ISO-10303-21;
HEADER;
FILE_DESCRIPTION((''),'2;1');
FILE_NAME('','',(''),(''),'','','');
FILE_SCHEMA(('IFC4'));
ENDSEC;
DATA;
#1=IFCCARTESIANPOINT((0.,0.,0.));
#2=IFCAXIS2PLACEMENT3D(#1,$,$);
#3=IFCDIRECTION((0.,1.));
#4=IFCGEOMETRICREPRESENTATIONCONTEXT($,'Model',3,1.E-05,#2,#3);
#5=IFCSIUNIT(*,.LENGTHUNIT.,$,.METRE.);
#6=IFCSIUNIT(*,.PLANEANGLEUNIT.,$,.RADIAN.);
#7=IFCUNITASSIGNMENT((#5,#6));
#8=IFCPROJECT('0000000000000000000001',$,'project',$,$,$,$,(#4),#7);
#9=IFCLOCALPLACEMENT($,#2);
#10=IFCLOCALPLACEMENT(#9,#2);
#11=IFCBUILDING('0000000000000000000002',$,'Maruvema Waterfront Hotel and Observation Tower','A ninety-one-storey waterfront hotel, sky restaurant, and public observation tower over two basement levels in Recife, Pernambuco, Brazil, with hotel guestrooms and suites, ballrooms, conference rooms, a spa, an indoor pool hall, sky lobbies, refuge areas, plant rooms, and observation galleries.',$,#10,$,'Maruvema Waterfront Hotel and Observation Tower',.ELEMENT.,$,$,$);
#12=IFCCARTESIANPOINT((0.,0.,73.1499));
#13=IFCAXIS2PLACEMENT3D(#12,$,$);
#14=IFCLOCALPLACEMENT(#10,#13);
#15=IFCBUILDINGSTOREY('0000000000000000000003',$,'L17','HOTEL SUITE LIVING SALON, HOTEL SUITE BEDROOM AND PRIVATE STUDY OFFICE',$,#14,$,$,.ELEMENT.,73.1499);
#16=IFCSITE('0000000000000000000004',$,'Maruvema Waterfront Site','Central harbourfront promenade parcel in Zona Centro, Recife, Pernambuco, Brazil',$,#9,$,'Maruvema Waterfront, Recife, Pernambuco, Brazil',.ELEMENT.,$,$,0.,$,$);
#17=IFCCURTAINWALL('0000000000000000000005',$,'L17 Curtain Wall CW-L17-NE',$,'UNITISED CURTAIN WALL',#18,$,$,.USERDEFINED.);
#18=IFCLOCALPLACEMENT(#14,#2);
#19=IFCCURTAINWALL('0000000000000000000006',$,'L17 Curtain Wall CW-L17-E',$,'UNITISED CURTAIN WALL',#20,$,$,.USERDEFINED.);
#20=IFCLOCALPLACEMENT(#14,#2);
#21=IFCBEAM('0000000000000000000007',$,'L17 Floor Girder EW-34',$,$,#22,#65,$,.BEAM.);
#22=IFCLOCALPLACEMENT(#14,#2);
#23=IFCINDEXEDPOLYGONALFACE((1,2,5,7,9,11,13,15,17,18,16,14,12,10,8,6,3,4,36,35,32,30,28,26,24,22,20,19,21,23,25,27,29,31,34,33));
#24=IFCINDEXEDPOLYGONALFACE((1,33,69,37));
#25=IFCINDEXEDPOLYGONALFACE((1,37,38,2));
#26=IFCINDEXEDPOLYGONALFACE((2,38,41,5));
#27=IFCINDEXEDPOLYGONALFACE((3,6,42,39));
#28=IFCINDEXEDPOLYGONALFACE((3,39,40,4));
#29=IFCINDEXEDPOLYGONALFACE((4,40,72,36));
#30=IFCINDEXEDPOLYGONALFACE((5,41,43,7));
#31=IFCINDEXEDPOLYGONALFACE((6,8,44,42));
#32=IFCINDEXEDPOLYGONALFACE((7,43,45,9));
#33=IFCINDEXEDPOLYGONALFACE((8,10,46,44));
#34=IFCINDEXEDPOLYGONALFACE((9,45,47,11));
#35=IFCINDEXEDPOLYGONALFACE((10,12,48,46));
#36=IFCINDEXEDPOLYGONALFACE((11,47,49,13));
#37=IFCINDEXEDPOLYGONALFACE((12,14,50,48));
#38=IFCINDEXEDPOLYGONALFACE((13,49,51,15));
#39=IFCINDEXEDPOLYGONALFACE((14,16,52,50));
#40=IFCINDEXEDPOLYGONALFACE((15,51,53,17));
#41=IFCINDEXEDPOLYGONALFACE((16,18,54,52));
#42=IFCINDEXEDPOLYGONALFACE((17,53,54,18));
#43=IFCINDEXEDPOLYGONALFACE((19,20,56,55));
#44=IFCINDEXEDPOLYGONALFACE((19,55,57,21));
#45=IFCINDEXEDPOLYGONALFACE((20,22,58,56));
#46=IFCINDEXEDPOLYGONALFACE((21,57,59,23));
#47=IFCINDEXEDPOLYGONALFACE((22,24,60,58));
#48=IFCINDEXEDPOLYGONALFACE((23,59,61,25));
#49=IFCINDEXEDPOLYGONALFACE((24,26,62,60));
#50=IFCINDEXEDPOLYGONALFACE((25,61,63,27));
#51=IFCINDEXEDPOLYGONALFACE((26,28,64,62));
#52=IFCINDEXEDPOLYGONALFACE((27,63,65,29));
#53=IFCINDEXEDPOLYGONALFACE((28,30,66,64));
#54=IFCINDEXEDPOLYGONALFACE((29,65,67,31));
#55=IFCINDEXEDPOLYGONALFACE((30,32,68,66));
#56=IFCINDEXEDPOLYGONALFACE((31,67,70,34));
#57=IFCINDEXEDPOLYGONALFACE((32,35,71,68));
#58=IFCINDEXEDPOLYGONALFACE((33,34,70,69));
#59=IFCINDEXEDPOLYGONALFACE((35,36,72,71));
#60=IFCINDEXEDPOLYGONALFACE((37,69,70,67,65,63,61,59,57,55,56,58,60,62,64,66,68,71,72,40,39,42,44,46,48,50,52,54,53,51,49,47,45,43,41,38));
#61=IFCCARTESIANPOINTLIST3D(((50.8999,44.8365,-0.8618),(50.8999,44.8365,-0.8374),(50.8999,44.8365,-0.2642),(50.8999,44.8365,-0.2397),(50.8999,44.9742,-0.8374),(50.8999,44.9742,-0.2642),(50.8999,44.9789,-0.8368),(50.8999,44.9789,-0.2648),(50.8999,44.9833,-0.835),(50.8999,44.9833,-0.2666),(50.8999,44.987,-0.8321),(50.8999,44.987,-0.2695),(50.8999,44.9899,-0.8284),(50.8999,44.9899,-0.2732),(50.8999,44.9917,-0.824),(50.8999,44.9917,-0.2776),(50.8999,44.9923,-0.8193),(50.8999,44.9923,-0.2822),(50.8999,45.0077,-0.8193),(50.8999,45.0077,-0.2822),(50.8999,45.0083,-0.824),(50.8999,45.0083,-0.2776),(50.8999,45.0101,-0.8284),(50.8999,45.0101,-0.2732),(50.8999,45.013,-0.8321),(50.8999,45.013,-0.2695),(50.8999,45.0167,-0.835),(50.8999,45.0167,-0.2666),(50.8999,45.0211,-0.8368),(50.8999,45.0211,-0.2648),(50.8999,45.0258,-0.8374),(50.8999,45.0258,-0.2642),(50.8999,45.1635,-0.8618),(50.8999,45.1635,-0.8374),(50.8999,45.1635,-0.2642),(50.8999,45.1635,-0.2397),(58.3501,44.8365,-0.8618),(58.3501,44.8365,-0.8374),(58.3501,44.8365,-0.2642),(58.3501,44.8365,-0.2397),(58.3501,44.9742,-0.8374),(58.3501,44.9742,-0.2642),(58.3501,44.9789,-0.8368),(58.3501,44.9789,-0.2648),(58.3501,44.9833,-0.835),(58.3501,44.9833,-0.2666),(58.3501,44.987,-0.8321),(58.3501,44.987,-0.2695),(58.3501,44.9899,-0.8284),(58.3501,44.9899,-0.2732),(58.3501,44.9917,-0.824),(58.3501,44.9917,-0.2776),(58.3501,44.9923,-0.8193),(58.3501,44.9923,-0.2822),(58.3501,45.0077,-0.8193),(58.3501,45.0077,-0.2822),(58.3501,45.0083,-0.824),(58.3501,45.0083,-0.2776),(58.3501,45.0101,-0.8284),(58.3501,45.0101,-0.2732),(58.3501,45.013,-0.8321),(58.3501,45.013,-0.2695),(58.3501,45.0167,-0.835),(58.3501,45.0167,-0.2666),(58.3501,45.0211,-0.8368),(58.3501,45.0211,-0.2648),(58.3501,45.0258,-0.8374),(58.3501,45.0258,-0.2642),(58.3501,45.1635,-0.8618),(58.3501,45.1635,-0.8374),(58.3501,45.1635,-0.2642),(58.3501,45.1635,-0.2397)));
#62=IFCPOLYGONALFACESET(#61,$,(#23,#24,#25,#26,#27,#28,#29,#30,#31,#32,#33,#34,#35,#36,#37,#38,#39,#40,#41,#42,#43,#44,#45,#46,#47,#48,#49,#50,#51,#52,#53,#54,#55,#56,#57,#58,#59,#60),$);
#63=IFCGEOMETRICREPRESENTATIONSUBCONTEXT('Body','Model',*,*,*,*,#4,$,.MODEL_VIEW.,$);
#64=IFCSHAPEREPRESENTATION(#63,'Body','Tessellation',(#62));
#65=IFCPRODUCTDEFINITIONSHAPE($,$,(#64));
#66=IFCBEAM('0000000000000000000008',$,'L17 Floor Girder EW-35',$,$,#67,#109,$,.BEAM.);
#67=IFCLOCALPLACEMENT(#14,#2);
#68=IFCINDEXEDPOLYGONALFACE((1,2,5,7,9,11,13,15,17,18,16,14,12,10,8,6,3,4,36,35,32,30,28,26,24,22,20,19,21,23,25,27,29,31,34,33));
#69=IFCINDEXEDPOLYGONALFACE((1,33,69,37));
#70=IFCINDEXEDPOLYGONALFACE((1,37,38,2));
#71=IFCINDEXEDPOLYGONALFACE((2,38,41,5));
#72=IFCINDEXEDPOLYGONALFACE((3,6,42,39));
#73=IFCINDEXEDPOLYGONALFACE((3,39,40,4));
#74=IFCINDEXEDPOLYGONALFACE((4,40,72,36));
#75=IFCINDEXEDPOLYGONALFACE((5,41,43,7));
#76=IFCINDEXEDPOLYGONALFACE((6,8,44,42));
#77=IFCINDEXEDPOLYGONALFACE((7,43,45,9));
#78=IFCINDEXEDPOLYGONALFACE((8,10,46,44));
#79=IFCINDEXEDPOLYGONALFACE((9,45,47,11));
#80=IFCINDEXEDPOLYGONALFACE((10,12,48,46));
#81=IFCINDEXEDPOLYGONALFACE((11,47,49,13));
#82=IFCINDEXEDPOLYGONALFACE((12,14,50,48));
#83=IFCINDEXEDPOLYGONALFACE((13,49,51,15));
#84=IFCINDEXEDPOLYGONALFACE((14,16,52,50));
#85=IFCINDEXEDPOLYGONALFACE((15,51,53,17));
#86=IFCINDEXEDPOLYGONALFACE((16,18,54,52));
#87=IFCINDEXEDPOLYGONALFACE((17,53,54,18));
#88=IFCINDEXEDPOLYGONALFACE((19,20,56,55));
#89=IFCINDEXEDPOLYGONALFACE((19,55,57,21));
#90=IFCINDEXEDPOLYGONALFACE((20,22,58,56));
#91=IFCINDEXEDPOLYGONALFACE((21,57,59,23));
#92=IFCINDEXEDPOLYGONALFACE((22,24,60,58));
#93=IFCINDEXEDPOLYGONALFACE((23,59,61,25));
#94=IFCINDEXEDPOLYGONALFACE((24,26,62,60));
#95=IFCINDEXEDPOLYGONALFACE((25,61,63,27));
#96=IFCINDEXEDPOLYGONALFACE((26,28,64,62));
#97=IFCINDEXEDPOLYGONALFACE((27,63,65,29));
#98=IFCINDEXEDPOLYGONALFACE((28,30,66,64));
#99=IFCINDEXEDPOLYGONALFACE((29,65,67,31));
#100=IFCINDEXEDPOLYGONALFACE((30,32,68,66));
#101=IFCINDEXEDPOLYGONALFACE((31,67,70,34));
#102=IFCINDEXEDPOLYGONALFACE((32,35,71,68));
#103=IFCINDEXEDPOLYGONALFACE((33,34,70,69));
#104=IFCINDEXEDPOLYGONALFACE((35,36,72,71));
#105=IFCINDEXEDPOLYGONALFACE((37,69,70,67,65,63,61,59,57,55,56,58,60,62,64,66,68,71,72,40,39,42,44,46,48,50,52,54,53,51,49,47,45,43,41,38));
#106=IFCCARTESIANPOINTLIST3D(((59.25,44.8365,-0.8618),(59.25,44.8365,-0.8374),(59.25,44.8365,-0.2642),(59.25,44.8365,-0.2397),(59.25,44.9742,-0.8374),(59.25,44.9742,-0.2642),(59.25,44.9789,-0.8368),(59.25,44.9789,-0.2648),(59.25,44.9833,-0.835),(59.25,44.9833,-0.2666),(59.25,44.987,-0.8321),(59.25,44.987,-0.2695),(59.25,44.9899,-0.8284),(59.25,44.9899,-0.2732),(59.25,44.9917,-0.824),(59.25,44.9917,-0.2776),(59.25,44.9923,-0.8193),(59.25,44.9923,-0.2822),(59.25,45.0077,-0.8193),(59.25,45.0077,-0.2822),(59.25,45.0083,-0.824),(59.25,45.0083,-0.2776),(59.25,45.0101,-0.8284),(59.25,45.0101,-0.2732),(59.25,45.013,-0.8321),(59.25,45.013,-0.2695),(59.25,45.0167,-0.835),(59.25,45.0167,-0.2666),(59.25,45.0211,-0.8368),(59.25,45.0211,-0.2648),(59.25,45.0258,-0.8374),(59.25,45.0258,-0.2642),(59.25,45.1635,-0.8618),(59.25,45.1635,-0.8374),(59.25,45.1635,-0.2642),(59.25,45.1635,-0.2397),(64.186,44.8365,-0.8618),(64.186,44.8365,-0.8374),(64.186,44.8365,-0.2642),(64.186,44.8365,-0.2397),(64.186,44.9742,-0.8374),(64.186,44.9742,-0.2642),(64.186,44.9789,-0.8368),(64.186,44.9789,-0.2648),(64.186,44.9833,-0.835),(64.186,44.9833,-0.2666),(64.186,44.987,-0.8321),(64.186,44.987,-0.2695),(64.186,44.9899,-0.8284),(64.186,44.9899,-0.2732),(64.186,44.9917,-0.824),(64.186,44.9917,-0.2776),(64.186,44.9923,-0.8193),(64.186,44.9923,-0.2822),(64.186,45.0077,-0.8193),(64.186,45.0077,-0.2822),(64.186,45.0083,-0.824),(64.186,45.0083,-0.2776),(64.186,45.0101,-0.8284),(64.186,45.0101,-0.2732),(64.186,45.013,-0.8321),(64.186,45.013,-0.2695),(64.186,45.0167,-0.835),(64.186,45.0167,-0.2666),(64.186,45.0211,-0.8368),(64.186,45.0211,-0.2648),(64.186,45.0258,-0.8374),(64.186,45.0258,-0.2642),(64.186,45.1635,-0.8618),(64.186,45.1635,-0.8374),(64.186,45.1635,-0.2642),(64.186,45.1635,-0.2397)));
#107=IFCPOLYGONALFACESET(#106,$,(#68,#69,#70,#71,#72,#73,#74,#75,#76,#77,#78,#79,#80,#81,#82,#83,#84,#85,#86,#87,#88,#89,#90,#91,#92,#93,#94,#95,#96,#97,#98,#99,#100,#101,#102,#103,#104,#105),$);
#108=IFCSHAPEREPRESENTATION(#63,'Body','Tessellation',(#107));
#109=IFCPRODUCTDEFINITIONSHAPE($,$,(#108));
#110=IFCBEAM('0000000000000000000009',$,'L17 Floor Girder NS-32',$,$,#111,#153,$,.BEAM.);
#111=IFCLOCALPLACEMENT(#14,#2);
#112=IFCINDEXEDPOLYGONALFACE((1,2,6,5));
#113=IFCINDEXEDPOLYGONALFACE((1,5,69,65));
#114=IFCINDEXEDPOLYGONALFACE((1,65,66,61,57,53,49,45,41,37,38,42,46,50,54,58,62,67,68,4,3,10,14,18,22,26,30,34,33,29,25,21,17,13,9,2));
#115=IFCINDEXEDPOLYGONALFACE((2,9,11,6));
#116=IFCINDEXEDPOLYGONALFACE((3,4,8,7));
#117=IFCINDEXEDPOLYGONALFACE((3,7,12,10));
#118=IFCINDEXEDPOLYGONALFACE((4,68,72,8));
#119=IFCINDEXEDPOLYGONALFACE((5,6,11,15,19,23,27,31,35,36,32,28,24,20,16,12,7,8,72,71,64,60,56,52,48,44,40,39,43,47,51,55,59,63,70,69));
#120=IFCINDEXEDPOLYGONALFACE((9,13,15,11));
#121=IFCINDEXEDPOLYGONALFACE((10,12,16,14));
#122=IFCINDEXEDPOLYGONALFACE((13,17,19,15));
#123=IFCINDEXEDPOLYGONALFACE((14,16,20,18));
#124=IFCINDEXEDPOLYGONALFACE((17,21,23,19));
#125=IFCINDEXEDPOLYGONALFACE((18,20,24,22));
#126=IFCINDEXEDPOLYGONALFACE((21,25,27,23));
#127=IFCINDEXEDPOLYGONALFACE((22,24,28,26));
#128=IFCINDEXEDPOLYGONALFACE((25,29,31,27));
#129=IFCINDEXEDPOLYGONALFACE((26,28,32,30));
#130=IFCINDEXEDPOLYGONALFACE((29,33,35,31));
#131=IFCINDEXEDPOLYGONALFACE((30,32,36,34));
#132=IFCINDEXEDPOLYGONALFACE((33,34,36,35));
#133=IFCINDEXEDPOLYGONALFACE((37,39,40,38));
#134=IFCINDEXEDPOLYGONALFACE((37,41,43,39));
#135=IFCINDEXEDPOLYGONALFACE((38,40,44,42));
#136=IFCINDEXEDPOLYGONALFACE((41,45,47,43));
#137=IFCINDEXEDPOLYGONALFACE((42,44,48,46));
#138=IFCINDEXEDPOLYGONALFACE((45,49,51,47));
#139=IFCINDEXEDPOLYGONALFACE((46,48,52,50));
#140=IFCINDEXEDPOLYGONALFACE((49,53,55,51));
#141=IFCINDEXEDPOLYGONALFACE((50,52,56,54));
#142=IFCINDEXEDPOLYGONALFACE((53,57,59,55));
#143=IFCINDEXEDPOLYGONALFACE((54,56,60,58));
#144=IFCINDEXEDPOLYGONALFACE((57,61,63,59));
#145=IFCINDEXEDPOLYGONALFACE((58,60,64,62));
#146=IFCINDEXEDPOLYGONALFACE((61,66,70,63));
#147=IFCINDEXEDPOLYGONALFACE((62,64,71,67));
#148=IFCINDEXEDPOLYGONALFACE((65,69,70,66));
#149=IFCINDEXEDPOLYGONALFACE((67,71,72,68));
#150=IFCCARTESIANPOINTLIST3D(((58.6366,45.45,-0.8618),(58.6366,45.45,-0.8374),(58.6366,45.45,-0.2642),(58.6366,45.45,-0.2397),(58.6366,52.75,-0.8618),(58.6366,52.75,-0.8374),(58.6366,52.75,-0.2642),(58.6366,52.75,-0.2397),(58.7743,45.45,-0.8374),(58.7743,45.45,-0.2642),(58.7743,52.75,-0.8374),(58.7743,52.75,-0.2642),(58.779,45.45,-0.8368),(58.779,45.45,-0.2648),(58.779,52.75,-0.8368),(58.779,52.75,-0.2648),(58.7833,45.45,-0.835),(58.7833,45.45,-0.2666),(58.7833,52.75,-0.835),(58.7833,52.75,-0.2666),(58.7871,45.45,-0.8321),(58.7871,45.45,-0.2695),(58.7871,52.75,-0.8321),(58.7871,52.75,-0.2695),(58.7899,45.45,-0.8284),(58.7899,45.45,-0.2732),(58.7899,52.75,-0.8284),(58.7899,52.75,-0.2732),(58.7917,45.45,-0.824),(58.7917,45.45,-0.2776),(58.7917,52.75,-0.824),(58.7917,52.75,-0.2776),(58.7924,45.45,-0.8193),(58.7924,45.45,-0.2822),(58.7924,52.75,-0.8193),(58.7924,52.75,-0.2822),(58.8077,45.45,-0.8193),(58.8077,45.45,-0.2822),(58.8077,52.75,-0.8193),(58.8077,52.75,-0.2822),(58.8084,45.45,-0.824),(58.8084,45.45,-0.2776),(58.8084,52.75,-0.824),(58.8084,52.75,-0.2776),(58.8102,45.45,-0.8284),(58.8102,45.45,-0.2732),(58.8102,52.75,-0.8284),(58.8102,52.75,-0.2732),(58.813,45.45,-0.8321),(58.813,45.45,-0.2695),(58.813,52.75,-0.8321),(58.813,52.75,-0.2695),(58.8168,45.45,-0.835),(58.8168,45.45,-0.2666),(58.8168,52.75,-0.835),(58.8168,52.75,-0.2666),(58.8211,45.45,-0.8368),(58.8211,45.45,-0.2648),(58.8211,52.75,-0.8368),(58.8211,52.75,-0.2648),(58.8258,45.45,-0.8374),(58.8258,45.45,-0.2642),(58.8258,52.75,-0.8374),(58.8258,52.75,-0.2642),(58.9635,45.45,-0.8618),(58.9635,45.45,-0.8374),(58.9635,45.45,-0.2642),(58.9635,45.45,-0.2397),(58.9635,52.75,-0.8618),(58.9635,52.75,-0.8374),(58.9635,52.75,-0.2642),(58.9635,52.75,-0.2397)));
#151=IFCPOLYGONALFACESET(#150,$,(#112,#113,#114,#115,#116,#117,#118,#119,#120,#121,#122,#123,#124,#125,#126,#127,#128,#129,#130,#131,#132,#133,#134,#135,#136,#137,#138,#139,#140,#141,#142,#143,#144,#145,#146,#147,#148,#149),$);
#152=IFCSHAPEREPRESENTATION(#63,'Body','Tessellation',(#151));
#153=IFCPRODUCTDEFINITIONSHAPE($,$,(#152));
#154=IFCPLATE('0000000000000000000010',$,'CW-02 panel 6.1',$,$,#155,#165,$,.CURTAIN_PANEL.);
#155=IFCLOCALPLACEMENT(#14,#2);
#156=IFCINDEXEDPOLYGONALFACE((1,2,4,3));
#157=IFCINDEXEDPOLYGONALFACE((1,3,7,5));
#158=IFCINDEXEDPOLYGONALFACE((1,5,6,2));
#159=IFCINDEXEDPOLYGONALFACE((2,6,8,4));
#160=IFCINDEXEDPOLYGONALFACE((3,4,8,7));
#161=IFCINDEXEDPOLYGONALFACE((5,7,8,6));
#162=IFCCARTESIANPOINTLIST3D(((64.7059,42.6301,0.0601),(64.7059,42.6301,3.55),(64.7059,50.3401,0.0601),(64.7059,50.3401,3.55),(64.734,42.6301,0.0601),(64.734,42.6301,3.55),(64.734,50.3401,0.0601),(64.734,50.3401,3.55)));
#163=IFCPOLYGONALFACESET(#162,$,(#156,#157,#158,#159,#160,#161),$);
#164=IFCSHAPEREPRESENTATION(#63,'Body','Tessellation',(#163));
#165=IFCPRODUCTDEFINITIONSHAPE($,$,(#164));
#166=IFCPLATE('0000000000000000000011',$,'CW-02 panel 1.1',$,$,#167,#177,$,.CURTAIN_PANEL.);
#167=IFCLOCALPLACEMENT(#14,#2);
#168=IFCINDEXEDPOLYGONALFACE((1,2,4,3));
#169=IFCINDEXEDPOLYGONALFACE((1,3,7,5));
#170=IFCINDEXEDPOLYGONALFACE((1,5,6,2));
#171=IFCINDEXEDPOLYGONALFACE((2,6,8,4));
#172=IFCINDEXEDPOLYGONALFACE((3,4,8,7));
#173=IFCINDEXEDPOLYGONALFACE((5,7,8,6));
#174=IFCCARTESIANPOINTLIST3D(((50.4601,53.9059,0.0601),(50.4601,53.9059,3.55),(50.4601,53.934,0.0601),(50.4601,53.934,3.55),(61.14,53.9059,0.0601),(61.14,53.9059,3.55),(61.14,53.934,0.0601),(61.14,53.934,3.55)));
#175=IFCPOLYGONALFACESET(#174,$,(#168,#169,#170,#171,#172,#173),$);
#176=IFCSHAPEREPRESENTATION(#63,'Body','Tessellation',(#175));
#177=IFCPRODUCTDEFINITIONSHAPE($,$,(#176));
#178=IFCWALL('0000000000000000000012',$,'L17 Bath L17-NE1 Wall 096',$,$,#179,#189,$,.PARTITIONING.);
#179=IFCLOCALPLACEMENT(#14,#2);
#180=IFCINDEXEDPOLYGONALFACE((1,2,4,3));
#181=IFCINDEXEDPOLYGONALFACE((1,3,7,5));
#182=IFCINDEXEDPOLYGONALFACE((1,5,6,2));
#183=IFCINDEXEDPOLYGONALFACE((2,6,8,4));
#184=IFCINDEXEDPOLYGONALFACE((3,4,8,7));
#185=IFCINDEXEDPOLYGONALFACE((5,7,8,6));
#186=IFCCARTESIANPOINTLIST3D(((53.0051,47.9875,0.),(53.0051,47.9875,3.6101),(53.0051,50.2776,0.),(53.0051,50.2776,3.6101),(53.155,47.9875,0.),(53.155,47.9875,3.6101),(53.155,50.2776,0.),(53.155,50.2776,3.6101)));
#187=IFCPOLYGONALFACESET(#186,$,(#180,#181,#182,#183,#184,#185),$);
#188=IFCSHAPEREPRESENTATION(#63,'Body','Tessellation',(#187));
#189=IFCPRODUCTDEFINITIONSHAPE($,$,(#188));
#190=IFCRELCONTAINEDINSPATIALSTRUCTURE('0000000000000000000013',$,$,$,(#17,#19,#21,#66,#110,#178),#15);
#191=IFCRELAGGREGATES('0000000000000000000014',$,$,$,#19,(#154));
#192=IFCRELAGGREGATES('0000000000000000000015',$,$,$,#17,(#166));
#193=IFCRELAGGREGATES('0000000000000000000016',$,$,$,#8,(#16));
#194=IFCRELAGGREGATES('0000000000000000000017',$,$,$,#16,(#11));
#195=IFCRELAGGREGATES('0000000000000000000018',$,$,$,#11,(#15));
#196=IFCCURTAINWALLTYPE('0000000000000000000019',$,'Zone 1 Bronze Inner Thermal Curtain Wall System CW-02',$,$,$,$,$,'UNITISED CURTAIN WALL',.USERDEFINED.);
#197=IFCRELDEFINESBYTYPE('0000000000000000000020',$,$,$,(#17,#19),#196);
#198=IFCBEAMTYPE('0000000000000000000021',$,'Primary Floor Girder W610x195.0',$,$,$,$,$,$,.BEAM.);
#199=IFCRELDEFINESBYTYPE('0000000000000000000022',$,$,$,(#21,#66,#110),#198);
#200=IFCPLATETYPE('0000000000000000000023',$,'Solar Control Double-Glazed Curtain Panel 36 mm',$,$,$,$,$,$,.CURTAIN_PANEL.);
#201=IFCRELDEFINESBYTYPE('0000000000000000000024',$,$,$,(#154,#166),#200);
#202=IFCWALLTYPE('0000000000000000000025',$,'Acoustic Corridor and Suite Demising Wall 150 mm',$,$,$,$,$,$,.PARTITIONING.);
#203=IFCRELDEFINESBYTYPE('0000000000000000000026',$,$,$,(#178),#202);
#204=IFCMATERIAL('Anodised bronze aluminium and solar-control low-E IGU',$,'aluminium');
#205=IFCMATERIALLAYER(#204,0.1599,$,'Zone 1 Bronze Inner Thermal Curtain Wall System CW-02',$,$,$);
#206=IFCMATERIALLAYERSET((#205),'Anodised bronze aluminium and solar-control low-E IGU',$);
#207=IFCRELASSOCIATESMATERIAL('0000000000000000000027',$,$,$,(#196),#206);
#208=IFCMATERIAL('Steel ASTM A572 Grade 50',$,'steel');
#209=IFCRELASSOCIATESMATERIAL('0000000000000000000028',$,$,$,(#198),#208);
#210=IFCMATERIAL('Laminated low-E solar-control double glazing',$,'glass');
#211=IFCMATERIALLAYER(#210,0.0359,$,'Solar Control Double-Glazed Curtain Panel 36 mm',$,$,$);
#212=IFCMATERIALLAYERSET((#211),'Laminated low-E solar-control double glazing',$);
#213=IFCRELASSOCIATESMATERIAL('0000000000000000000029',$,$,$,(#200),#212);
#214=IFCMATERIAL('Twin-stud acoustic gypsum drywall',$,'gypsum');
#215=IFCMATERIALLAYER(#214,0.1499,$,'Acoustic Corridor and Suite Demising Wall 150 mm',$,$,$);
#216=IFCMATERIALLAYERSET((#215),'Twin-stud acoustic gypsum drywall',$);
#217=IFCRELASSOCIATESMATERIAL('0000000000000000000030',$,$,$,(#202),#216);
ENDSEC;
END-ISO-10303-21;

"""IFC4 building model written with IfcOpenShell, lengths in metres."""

from ifc_helpers import new_model, si_unit, direction, frame, frame_2d, origin, origin_2d, place, context, subcontext, project, spatial, rectangle, i_section, extrude, material, layer, layer_set, material_profile, profile_set, type_object, element, aggregate, save


model = new_model("IFC4")

# Units and contexts
model_context = context("Model", 3, precision=1e-05, world=origin(), true_north=direction((0.0, 1.0)))
body_context = subcontext(model_context, "Body", "Model", "MODEL_VIEW")
ifc_project = project(units=[si_unit("LENGTHUNIT", "METRE"), si_unit("PLANEANGLEUNIT", "RADIAN")], contexts=[model_context])

# Site, building, storey
site_placement = place(None, origin())
site = spatial("IfcSite", under=ifc_project, at=site_placement, Name="Maruvema Waterfront Site", Description="Central harbourfront promenade parcel in Zona Centro, Recife, Pernambuco, Brazil", LongName="Maruvema Waterfront, Recife, Pernambuco, Brazil", CompositionType="ELEMENT", RefElevation=0.0)
building_placement = place(site_placement, origin())
building = spatial("IfcBuilding", under=site, at=building_placement, Name="Maruvema Waterfront Hotel and Observation Tower", Description="A ninety-one-storey waterfront hotel, sky restaurant, and public observation tower over two basement levels in Recife, Pernambuco, Brazil, with hotel guestrooms and suites, ballrooms, conference rooms, a spa, an indoor pool hall, sky lobbies, refuge areas, plant rooms, and observation galleries.", LongName="Maruvema Waterfront Hotel and Observation Tower", CompositionType="ELEMENT")
storey_placement = place(building_placement, frame((0.0, 0.0, 73.1499)))
storey = spatial("IfcBuildingStorey", under=building, at=storey_placement, Name="L17", Description="HOTEL SUITE LIVING SALON, HOTEL SUITE BEDROOM AND PRIVATE STUDY OFFICE", CompositionType="ELEMENT", Elevation=73.1499)

# Curtain wall
ifc_material_1 = material(Name="Anodised bronze aluminium and solar-control low-E IGU", Category="aluminium")
ifc_layer_1 = layer(ifc_material_1, 0.1599, Name="Zone 1 Bronze Inner Thermal Curtain Wall System CW-02")
ifc_layer_set_1 = layer_set([ifc_layer_1], Name="Anodised bronze aluminium and solar-control low-E IGU")
curtain_wall_type = type_object("IfcCurtainWallType", Name="Zone 1 Bronze Inner Thermal Curtain Wall System CW-02", ElementType="UNITISED CURTAIN WALL", PredefinedType="USERDEFINED", material=ifc_layer_set_1)
curtain_wall_1_placement = place(storey_placement, origin())
curtain_wall_1 = element("IfcCurtainWall", 1, at=curtain_wall_1_placement, inside=storey, type_object=curtain_wall_type, Name="L17 Curtain Wall CW-L17-NE", ObjectType="UNITISED CURTAIN WALL", PredefinedType="USERDEFINED")

# Curtain wall
curtain_wall_2_placement = place(storey_placement, origin())
curtain_wall_2 = element("IfcCurtainWall", 2, at=curtain_wall_2_placement, inside=storey, type_object=curtain_wall_type, Name="L17 Curtain Wall CW-L17-E", ObjectType="UNITISED CURTAIN WALL", PredefinedType="USERDEFINED")

# Beams
ifc_material_2 = material(Name="Steel ASTM A572 Grade 50", Category="steel")
ifc_material_profile_1 = material_profile(ifc_material_2, i_section(OverallWidth=0.3269, OverallDepth=0.6221, WebThickness=0.0154, FlangeThickness=0.0244, FilletRadius=0.0181, at=origin_2d()), Name="W610x195.0")
ifc_profile_set_1 = profile_set([ifc_material_profile_1], Name="Steel ASTM A572 Grade 50")
beam_type = type_object("IfcBeamType", Name="Primary Floor Girder W610x195.0", PredefinedType="BEAM", material=ifc_profile_set_1)
beam_1_placement = place(storey_placement, frame((50.8999, 45.0, -0.5508), z_axis=(1.0, 0.0, 0.0), x_axis=(0.0, 1.0, 0.0)))
element("IfcBeam", 3, at=beam_1_placement, inside=storey, type_object=beam_type, Name="L17 Floor Girder EW-34", PredefinedType="BEAM", context=body_context, shape_type="SweptSolid", body=[
    extrude(i_section(OverallWidth=0.3269, OverallDepth=0.6221, WebThickness=0.0154, FlangeThickness=0.0244, FilletRadius=0.0181, at=origin_2d()), origin(), (0.0, 0.0, 1.0), 7.4502),
])
beam_2_placement = place(storey_placement, frame((59.25, 45.0, -0.5508), z_axis=(1.0, 0.0, 0.0), x_axis=(0.0, 1.0, 0.0)))
element("IfcBeam", 4, at=beam_2_placement, inside=storey, type_object=beam_type, Name="L17 Floor Girder EW-35", PredefinedType="BEAM", context=body_context, shape_type="SweptSolid", body=[
    extrude(i_section(OverallWidth=0.3269, OverallDepth=0.6221, WebThickness=0.0154, FlangeThickness=0.0244, FilletRadius=0.0181, at=origin_2d()), origin(), (0.0, 0.0, 1.0), 4.936),
])
beam_3_placement = place(storey_placement, frame((58.8, 45.45, -0.5508), z_axis=(0.0, 1.0, 0.0), x_axis=(-1.0, 0.0, 0.0)))
element("IfcBeam", 5, at=beam_3_placement, inside=storey, type_object=beam_type, Name="L17 Floor Girder NS-32", PredefinedType="BEAM", context=body_context, shape_type="SweptSolid", body=[
    extrude(i_section(OverallWidth=0.3269, OverallDepth=0.6221, WebThickness=0.0154, FlangeThickness=0.0244, FilletRadius=0.0181, at=origin_2d()), origin(), (0.0, 0.0, 1.0), 7.3),
])

# Plates
ifc_material_3 = material(Name="Laminated low-E solar-control double glazing", Category="glass")
ifc_layer_2 = layer(ifc_material_3, 0.0359, Name="Solar Control Double-Glazed Curtain Panel 36 mm")
ifc_layer_set_2 = layer_set([ifc_layer_2], Name="Laminated low-E solar-control double glazing")
plate_type = type_object("IfcPlateType", Name="Solar Control Double-Glazed Curtain Panel 36 mm", PredefinedType="CURTAIN_PANEL", material=ifc_layer_set_2)
plate_1_placement = place(storey_placement, frame((64.72, 46.4851, 0.0601), z_axis=(0.0, 0.0, 1.0), x_axis=(0.0, 1.0, 0.0)))
plate_1 = element("IfcPlate", 6, at=plate_1_placement, type_object=plate_type, Name="CW-02 panel 6.1", PredefinedType="CURTAIN_PANEL", context=body_context, shape_type="SweptSolid", body=[
    extrude(rectangle(XDim=7.71, YDim=0.0281, at=origin_2d()), origin(), (0.0, 0.0, 1.0), 3.49),
])
aggregate(curtain_wall_2, [plate_1])
plate_2_placement = place(storey_placement, frame((55.8, 53.9199, 0.0601), z_axis=(0.0, 0.0, 1.0), x_axis=(-1.0, 0.0, 0.0)))
plate_2 = element("IfcPlate", 7, at=plate_2_placement, type_object=plate_type, Name="CW-02 panel 1.1", PredefinedType="CURTAIN_PANEL", context=body_context, shape_type="SweptSolid", body=[
    extrude(rectangle(XDim=10.6799, YDim=0.0281, at=origin_2d()), origin(), (0.0, 0.0, 1.0), 3.49),
])
aggregate(curtain_wall_1, [plate_2])

# Wall
ifc_material_4 = material(Name="Twin-stud acoustic gypsum drywall", Category="gypsum")
ifc_layer_3 = layer(ifc_material_4, 0.1499, Name="Acoustic Corridor and Suite Demising Wall 150 mm")
ifc_layer_set_3 = layer_set([ifc_layer_3], Name="Twin-stud acoustic gypsum drywall")
wall_type_1 = type_object("IfcWallType", Name="Acoustic Corridor and Suite Demising Wall 150 mm", PredefinedType="PARTITIONING", material=ifc_layer_set_3)
wall_1_placement = place(storey_placement, frame((53.0801, 47.9875, 0.0), z_axis=(0.0, 0.0, 1.0), x_axis=(0.0, 1.0, 0.0)))
element("IfcWall", 8, at=wall_1_placement, inside=storey, type_object=wall_type_1, Name="L17 Bath L17-NE1 Wall 096", PredefinedType="PARTITIONING", context=body_context, shape_type="SweptSolid", body=[
    extrude(rectangle(XDim=2.29, YDim=0.1499, at=frame_2d((1.145, 0.0))), origin(), (0.0, 0.0, 1.0), 3.6101),
])

save(model, "model.ifc")
